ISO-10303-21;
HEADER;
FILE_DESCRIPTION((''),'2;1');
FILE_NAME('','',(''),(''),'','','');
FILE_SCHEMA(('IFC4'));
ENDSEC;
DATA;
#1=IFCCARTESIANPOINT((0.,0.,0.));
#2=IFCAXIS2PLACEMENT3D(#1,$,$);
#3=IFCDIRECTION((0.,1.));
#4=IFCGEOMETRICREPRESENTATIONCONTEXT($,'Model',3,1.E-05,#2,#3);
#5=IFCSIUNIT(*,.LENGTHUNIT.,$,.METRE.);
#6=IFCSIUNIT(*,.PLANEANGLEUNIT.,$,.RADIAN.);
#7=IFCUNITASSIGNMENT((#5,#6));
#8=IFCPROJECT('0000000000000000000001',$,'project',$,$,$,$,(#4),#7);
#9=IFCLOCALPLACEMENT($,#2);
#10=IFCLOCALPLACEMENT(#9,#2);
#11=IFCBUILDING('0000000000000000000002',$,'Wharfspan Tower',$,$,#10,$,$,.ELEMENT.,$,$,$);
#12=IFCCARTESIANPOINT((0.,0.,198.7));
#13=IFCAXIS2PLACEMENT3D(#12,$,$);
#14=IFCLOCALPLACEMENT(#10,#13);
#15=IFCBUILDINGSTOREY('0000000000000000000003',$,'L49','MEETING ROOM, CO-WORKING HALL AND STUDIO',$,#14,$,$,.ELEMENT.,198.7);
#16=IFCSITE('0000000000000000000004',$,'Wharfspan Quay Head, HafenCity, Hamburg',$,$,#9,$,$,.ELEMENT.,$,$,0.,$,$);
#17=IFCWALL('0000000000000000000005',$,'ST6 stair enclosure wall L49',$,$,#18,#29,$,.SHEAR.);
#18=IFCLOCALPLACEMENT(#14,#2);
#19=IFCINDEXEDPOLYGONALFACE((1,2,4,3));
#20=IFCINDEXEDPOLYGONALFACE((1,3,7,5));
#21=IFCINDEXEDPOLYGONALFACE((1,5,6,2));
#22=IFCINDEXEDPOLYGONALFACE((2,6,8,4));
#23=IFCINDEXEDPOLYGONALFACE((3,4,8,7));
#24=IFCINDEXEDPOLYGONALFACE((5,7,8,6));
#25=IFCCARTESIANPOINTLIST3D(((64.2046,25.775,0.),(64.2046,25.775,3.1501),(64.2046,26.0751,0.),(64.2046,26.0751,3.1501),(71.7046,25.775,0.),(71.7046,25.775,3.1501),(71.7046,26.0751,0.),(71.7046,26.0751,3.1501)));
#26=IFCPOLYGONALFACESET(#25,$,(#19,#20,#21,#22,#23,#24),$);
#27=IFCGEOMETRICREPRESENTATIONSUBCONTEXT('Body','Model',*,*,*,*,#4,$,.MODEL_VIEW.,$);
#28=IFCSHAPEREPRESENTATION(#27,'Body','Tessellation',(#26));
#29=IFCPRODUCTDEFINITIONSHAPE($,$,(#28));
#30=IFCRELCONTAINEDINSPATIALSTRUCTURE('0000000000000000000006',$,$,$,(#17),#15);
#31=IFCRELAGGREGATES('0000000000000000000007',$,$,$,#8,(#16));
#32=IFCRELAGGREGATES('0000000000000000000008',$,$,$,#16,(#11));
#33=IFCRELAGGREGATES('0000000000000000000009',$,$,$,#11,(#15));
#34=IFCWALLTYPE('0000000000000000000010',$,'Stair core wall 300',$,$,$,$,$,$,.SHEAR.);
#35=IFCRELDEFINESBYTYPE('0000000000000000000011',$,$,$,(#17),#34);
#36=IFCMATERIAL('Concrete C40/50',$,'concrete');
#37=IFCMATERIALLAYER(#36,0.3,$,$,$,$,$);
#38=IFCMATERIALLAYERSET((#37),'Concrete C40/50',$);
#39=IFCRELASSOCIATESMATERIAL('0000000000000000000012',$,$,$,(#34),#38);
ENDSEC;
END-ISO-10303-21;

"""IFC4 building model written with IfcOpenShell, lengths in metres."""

from ifc_helpers import new_model, si_unit, direction, frame, frame_2d, origin, place, context, subcontext, project, spatial, rectangle, extrude, material, layer, layer_set, type_object, element, save


model = new_model("IFC4")

# Units and contexts
model_context = context("Model", 3, precision=1e-05, world=origin(), true_north=direction((0.0, 1.0)))
body_context = subcontext(model_context, "Body", "Model", "MODEL_VIEW")
ifc_project = project(units=[si_unit("LENGTHUNIT", "METRE"), si_unit("PLANEANGLEUNIT", "RADIAN")], contexts=[model_context])

# Site, building, storey
site_placement = place(None, origin())
site = spatial("IfcSite", under=ifc_project, at=site_placement, Name="Wharfspan Quay Head, HafenCity, Hamburg", CompositionType="ELEMENT", RefElevation=0.0)
building_placement = place(site_placement, origin())
building = spatial("IfcBuilding", under=site, at=building_placement, Name="Wharfspan Tower", CompositionType="ELEMENT")
storey_placement = place(building_placement, frame((0.0, 0.0, 198.7)))
storey = spatial("IfcBuildingStorey", under=building, at=storey_placement, Name="L49", Description="MEETING ROOM, CO-WORKING HALL AND STUDIO", CompositionType="ELEMENT", Elevation=198.7)

# Wall
ifc_material_1 = material(Name="Concrete C40/50", Category="concrete")
ifc_layer_1 = layer(ifc_material_1, 0.3)
ifc_layer_set_1 = layer_set([ifc_layer_1], Name="Concrete C40/50")
wall_type_1 = type_object("IfcWallType", Name="Stair core wall 300", PredefinedType="SHEAR", material=ifc_layer_set_1)
wall_1_placement = place(storey_placement, frame((64.2046, 25.925, 0.0), z_axis=(0.0, 0.0, 1.0), x_axis=(1.0, 0.0, 0.0)))
element("IfcWall", 1, at=wall_1_placement, inside=storey, type_object=wall_type_1, Name="ST6 stair enclosure wall L49", PredefinedType="SHEAR", context=body_context, shape_type="SweptSolid", body=[
    extrude(rectangle(XDim=7.5, YDim=0.3, at=frame_2d((3.75, 0.0))), origin(), (0.0, 0.0, 1.0), 3.1501),
])

save(model, "model.ifc")
